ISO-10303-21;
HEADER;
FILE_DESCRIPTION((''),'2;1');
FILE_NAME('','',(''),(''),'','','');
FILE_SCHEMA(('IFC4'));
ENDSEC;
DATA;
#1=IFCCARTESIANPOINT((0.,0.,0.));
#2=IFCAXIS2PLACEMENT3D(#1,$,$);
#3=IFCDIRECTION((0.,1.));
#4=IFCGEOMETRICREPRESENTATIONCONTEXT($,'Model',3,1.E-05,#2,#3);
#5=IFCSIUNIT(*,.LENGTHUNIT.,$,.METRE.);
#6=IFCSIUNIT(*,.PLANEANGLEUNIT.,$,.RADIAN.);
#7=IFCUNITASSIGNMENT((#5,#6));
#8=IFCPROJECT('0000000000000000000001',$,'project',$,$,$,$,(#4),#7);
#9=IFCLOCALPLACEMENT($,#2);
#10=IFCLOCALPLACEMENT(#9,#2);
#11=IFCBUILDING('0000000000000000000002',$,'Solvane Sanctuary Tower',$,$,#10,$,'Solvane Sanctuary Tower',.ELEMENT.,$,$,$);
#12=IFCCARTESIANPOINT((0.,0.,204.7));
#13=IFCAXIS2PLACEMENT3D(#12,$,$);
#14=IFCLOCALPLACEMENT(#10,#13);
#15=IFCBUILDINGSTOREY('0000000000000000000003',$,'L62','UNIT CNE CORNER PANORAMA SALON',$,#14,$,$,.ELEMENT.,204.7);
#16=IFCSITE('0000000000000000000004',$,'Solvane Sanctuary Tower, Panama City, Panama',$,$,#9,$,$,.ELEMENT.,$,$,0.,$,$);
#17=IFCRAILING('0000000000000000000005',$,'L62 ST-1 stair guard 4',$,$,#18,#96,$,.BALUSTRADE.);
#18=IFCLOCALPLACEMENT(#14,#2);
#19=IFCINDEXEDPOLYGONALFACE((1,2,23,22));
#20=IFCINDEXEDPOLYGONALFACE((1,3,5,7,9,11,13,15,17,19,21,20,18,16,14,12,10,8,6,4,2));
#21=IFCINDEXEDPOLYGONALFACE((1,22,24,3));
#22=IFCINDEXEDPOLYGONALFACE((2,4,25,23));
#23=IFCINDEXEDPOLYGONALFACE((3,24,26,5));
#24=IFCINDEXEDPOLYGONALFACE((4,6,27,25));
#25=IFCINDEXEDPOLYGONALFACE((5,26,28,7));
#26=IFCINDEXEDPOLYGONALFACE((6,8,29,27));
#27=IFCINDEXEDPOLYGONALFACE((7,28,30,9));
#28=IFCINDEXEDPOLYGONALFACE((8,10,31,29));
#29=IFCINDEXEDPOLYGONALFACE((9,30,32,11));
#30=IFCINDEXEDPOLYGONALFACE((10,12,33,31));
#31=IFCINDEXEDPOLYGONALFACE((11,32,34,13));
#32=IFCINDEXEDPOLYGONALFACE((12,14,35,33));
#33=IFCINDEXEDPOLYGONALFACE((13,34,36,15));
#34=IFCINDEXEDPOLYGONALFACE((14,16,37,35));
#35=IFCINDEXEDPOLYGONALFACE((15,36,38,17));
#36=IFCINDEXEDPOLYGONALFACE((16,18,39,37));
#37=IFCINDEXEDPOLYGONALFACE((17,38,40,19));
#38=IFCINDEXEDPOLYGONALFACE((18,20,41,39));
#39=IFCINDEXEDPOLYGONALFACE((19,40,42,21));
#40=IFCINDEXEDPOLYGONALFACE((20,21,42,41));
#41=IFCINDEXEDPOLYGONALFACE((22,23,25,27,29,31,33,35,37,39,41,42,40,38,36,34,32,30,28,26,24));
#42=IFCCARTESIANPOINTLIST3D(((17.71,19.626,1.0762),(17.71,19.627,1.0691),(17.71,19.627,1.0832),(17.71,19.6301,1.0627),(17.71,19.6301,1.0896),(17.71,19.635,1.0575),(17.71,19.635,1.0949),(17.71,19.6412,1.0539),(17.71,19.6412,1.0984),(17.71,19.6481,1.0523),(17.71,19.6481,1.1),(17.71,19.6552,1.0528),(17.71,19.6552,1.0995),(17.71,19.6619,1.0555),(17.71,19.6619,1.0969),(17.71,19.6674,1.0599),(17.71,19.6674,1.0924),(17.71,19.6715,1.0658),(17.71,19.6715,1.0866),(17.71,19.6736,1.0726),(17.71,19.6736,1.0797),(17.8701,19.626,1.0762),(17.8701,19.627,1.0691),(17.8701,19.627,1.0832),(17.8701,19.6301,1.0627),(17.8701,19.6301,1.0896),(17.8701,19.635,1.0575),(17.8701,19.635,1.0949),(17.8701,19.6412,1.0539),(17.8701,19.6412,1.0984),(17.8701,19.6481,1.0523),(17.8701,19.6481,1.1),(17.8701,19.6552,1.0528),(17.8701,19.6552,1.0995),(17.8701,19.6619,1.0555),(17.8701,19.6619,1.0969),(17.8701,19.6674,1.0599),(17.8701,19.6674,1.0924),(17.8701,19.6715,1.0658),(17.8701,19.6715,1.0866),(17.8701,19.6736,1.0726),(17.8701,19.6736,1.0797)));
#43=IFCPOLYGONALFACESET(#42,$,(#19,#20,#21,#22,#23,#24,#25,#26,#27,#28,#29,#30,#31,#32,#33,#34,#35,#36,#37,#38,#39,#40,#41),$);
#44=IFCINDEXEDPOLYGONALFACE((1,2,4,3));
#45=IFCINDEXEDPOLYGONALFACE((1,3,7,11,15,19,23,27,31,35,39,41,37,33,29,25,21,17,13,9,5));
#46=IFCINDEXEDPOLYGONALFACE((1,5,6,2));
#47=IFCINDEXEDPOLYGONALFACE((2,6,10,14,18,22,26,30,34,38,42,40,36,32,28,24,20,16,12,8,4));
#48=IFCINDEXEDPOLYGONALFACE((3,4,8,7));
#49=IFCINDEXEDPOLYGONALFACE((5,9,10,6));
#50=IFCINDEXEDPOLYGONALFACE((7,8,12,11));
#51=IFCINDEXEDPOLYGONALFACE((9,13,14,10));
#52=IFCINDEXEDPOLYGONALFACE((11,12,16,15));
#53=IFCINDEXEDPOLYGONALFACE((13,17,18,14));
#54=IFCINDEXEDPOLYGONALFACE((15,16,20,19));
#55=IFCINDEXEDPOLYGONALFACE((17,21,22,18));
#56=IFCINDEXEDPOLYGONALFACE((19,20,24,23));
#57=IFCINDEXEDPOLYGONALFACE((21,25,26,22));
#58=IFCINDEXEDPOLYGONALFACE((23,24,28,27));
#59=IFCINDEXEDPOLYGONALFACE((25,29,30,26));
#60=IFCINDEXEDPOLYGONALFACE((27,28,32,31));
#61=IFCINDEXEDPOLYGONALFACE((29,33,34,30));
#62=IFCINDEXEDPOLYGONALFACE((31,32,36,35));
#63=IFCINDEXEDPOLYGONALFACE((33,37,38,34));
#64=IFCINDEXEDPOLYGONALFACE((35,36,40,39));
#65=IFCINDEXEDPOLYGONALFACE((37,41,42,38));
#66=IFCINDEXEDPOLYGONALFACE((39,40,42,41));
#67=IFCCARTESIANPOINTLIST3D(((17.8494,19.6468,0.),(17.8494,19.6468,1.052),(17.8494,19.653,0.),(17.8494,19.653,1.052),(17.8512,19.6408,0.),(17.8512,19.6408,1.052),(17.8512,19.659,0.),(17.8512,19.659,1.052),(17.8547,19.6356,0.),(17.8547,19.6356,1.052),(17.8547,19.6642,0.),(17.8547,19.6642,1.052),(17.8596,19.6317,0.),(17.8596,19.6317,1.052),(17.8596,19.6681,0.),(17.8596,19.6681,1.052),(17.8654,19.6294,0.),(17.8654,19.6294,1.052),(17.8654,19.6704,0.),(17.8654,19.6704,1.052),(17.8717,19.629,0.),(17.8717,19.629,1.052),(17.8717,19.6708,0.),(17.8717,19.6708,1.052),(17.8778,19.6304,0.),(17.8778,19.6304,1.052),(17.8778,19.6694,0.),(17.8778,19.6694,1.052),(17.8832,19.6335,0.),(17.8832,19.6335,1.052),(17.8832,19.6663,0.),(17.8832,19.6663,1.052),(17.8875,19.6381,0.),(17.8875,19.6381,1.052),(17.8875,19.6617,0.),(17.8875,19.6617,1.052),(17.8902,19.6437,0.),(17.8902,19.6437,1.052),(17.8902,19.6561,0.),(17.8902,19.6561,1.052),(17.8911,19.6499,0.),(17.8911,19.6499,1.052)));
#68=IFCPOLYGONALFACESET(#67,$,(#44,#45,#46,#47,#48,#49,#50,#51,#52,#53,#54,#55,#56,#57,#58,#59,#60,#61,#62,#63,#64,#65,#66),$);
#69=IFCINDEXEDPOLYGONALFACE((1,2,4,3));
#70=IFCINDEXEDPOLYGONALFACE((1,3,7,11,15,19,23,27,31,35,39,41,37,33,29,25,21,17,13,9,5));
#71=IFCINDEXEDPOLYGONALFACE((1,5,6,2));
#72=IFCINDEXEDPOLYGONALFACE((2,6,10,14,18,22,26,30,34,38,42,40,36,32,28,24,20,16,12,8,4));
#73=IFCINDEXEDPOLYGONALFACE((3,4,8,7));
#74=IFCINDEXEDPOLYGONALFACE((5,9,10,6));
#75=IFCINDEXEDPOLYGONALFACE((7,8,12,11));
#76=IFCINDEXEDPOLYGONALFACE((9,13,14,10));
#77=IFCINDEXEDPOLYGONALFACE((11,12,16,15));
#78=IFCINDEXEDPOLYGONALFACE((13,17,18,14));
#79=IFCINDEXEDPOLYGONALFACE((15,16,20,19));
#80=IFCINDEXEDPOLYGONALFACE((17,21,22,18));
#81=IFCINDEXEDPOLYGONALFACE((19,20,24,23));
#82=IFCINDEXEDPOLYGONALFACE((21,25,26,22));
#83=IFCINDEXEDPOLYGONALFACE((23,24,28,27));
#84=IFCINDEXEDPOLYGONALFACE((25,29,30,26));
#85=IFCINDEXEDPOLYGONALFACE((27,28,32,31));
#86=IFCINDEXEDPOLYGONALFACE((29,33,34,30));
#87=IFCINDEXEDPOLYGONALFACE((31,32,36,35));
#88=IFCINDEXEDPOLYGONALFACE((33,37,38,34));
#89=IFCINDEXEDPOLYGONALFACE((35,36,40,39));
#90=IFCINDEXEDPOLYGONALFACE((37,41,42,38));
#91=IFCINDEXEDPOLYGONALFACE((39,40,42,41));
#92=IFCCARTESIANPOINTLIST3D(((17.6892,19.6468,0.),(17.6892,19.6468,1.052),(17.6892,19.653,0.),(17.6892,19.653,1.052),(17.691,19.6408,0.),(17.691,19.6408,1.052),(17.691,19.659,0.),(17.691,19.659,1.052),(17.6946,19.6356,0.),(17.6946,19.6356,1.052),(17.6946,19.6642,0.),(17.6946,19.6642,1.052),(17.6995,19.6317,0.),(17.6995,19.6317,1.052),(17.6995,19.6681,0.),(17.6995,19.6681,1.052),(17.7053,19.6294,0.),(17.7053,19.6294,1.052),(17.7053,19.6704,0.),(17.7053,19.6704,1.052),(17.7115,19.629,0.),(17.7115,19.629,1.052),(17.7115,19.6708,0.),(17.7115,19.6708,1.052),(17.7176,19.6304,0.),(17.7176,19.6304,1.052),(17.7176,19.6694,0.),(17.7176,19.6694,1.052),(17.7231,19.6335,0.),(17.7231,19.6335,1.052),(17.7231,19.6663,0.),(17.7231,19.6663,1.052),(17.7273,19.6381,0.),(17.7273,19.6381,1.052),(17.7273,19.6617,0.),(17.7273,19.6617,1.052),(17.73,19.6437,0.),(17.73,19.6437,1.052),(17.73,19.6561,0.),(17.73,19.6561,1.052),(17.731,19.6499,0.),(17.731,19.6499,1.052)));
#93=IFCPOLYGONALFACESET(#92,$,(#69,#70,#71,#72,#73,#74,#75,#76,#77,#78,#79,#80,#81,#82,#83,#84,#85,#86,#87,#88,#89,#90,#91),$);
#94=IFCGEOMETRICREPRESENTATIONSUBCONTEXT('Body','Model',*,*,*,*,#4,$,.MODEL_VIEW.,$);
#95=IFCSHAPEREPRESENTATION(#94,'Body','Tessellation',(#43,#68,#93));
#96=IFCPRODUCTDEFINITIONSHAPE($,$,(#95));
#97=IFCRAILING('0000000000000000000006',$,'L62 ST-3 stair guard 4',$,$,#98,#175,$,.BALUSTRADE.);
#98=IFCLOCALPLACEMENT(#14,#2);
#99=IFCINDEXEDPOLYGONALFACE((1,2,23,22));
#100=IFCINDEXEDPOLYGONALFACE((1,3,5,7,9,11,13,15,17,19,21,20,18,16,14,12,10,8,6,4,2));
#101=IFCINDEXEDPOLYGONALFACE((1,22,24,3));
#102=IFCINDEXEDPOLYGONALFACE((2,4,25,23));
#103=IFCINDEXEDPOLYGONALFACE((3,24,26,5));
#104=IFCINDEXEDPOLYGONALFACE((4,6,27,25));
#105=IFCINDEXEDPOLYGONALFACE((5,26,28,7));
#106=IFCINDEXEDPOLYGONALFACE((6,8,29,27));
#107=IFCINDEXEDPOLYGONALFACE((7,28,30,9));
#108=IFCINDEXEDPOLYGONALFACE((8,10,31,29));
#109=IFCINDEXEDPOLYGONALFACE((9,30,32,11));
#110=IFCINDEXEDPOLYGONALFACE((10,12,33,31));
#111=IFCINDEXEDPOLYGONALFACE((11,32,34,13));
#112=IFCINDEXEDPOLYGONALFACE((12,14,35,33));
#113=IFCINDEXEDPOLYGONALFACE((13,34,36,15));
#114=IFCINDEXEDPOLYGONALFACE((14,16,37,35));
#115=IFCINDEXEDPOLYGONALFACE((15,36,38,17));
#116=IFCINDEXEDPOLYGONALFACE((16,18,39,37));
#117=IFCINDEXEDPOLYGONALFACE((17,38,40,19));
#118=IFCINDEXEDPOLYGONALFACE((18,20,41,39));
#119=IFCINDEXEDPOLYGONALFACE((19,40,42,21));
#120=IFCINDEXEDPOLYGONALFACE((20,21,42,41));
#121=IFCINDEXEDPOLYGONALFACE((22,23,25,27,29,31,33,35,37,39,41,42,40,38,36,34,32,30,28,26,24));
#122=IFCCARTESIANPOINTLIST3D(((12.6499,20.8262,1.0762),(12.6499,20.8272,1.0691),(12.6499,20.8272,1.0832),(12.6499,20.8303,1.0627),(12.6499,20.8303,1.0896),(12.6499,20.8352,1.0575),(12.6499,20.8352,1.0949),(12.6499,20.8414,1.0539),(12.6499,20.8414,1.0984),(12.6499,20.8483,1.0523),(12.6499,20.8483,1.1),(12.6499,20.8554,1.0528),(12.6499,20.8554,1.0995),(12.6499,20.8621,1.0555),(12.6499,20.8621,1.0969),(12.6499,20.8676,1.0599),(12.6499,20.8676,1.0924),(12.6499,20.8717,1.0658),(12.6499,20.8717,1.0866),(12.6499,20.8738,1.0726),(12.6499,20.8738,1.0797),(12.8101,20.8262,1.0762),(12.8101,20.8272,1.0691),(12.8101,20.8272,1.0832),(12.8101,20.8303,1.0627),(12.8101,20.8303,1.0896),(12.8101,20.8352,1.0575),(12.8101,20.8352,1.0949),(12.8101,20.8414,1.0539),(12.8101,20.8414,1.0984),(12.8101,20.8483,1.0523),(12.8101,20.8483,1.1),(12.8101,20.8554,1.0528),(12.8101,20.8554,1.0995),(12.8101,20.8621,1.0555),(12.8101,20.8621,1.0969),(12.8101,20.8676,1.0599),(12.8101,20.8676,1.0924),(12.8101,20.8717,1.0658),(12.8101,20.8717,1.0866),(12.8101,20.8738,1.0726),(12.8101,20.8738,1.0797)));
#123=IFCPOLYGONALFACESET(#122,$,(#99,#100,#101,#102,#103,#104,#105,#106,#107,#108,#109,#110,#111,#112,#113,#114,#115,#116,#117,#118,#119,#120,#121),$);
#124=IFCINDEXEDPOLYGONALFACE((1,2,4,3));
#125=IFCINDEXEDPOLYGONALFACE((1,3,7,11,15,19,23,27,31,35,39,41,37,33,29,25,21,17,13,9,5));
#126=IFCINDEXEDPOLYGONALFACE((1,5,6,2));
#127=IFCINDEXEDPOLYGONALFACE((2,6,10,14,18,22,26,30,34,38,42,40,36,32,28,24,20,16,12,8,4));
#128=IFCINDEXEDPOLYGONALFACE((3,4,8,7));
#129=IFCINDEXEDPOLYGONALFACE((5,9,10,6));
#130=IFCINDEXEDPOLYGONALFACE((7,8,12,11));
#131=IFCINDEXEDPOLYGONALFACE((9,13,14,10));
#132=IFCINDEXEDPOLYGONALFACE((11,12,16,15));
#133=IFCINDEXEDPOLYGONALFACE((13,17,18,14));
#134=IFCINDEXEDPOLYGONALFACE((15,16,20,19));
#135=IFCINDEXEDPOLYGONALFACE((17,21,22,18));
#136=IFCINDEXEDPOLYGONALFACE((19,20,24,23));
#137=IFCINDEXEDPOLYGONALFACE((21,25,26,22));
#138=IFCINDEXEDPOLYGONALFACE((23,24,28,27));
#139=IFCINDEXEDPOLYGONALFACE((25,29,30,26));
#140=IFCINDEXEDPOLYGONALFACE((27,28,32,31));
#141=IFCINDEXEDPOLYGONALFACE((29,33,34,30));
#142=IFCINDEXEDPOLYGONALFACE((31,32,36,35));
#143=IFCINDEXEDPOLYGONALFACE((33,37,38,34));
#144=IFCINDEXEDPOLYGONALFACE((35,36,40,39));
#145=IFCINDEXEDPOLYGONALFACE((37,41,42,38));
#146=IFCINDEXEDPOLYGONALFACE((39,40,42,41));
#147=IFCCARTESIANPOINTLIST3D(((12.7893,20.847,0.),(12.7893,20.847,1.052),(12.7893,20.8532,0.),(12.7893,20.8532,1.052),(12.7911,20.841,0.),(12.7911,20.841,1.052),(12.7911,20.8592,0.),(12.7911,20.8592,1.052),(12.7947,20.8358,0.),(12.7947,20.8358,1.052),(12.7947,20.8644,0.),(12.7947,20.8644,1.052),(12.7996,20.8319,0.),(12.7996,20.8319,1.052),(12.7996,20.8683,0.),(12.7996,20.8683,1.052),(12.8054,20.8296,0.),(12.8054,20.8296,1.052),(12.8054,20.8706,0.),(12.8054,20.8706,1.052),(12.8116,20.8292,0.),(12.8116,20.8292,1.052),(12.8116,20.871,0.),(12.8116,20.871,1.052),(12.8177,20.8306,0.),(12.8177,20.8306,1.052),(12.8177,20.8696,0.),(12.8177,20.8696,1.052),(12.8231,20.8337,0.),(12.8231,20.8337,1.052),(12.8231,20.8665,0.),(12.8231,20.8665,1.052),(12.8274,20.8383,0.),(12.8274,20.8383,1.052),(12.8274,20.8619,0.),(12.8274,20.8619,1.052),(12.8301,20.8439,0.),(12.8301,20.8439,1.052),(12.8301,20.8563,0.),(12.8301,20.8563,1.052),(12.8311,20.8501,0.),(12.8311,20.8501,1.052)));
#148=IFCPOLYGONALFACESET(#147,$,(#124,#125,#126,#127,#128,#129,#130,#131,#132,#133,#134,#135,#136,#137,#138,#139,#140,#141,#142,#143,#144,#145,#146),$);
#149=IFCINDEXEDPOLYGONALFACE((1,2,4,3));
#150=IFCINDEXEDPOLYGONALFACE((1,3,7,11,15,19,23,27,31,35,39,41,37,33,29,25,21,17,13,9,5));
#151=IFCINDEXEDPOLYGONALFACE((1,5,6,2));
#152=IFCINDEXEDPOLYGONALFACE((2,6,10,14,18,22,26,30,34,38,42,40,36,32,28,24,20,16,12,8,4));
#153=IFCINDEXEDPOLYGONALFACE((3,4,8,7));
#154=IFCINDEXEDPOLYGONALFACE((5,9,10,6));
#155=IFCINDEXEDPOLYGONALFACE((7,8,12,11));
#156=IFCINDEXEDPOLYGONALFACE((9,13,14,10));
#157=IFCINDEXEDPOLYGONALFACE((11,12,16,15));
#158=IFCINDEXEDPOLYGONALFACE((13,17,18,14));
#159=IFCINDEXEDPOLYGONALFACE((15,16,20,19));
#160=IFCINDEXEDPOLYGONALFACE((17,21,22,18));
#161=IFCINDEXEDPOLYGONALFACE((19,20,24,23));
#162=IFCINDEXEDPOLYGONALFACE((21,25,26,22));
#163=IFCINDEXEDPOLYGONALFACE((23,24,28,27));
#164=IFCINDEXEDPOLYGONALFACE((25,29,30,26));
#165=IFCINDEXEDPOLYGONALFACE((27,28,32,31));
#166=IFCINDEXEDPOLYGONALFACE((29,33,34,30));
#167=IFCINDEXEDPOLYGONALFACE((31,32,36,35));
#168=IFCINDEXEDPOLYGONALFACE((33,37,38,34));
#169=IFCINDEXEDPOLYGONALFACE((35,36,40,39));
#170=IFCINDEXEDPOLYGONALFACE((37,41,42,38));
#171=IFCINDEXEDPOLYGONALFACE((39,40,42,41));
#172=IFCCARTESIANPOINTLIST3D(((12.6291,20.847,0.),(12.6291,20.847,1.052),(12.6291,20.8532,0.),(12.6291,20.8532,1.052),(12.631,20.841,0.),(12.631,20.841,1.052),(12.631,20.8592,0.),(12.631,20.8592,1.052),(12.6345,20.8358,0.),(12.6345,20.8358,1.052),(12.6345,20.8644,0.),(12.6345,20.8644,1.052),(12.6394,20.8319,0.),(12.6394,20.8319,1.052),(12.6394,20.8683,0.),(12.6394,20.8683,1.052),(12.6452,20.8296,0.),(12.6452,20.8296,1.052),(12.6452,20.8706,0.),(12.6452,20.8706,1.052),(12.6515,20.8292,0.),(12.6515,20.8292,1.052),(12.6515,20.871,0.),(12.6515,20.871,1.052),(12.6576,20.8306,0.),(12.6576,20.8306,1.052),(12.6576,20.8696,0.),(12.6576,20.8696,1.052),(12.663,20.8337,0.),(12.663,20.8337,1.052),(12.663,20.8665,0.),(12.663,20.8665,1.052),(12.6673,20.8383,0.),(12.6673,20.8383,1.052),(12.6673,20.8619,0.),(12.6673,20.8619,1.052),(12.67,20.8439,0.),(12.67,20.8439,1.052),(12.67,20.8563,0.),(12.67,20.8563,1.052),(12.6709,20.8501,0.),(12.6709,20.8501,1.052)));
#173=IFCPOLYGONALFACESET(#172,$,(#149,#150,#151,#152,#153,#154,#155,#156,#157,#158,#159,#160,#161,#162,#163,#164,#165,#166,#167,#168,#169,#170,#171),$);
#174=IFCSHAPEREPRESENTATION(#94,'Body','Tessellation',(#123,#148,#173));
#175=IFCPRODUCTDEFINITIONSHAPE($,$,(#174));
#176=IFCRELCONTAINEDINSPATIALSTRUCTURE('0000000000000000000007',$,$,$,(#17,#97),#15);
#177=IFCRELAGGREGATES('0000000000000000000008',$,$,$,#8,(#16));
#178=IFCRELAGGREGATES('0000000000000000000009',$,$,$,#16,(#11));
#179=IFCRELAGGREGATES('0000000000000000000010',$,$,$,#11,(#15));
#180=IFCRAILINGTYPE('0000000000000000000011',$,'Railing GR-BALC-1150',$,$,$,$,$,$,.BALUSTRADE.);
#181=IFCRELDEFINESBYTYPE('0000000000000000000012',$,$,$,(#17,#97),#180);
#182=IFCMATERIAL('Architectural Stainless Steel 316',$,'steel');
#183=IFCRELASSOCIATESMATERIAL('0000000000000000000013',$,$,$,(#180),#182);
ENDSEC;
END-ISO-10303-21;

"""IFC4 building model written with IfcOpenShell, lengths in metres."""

from ifc_helpers import new_model, si_unit, direction, frame, origin, origin_2d, place, context, subcontext, project, spatial, circle, extrude, material, type_object, element, save


model = new_model("IFC4")

# Units and contexts
model_context = context("Model", 3, precision=1e-05, world=origin(), true_north=direction((0.0, 1.0)))
body_context = subcontext(model_context, "Body", "Model", "MODEL_VIEW")
ifc_project = project(units=[si_unit("LENGTHUNIT", "METRE"), si_unit("PLANEANGLEUNIT", "RADIAN")], contexts=[model_context])

# Site, building, storey
site_placement = place(None, origin())
site = spatial("IfcSite", under=ifc_project, at=site_placement, Name="Solvane Sanctuary Tower, Panama City, Panama", CompositionType="ELEMENT", RefElevation=0.0)
building_placement = place(site_placement, origin())
building = spatial("IfcBuilding", under=site, at=building_placement, Name="Solvane Sanctuary Tower", LongName="Solvane Sanctuary Tower", CompositionType="ELEMENT")
storey_placement = place(building_placement, frame((0.0, 0.0, 204.7)))
storey = spatial("IfcBuildingStorey", under=building, at=storey_placement, Name="L62", Description="UNIT CNE CORNER PANORAMA SALON", CompositionType="ELEMENT", Elevation=204.7)

# Shared definitions
ifc_material_1 = material(Name="Architectural Stainless Steel 316", Category="steel")

# Railings
railing_type = type_object("IfcRailingType", Name="Railing GR-BALC-1150", PredefinedType="BALUSTRADE", material=ifc_material_1)
for number, where, name in (
    (1, (17.8701, 19.6499, 0.0), "L62 ST-1 stair guard 4"),
    (2, (12.8101, 20.8501, 0.0), "L62 ST-3 stair guard 4"),
):
    element("IfcRailing", number, at=place(storey_placement, frame(where)), inside=storey, type_object=railing_type, Name=name, PredefinedType="BALUSTRADE", context=body_context, shape_type="SweptSolid", body=[
        extrude(circle(Radius=0.0239, at=origin_2d()), frame((0.0, 0.0, 1.0762), z_axis=(-1.0, 0.0, 0.0), x_axis=(0.0, -1.0, 0.0)), (0.0, 0.0, 1.0), 0.1602),
        extrude(circle(Radius=0.021, at=origin_2d()), origin(), (0.0, 0.0, 1.0), 1.052),
        extrude(circle(Radius=0.021, at=origin_2d()), frame((-0.1602, 0.0, 0.0)), (0.0, 0.0, 1.0), 1.052),
    ])

save(model, "model.ifc")
